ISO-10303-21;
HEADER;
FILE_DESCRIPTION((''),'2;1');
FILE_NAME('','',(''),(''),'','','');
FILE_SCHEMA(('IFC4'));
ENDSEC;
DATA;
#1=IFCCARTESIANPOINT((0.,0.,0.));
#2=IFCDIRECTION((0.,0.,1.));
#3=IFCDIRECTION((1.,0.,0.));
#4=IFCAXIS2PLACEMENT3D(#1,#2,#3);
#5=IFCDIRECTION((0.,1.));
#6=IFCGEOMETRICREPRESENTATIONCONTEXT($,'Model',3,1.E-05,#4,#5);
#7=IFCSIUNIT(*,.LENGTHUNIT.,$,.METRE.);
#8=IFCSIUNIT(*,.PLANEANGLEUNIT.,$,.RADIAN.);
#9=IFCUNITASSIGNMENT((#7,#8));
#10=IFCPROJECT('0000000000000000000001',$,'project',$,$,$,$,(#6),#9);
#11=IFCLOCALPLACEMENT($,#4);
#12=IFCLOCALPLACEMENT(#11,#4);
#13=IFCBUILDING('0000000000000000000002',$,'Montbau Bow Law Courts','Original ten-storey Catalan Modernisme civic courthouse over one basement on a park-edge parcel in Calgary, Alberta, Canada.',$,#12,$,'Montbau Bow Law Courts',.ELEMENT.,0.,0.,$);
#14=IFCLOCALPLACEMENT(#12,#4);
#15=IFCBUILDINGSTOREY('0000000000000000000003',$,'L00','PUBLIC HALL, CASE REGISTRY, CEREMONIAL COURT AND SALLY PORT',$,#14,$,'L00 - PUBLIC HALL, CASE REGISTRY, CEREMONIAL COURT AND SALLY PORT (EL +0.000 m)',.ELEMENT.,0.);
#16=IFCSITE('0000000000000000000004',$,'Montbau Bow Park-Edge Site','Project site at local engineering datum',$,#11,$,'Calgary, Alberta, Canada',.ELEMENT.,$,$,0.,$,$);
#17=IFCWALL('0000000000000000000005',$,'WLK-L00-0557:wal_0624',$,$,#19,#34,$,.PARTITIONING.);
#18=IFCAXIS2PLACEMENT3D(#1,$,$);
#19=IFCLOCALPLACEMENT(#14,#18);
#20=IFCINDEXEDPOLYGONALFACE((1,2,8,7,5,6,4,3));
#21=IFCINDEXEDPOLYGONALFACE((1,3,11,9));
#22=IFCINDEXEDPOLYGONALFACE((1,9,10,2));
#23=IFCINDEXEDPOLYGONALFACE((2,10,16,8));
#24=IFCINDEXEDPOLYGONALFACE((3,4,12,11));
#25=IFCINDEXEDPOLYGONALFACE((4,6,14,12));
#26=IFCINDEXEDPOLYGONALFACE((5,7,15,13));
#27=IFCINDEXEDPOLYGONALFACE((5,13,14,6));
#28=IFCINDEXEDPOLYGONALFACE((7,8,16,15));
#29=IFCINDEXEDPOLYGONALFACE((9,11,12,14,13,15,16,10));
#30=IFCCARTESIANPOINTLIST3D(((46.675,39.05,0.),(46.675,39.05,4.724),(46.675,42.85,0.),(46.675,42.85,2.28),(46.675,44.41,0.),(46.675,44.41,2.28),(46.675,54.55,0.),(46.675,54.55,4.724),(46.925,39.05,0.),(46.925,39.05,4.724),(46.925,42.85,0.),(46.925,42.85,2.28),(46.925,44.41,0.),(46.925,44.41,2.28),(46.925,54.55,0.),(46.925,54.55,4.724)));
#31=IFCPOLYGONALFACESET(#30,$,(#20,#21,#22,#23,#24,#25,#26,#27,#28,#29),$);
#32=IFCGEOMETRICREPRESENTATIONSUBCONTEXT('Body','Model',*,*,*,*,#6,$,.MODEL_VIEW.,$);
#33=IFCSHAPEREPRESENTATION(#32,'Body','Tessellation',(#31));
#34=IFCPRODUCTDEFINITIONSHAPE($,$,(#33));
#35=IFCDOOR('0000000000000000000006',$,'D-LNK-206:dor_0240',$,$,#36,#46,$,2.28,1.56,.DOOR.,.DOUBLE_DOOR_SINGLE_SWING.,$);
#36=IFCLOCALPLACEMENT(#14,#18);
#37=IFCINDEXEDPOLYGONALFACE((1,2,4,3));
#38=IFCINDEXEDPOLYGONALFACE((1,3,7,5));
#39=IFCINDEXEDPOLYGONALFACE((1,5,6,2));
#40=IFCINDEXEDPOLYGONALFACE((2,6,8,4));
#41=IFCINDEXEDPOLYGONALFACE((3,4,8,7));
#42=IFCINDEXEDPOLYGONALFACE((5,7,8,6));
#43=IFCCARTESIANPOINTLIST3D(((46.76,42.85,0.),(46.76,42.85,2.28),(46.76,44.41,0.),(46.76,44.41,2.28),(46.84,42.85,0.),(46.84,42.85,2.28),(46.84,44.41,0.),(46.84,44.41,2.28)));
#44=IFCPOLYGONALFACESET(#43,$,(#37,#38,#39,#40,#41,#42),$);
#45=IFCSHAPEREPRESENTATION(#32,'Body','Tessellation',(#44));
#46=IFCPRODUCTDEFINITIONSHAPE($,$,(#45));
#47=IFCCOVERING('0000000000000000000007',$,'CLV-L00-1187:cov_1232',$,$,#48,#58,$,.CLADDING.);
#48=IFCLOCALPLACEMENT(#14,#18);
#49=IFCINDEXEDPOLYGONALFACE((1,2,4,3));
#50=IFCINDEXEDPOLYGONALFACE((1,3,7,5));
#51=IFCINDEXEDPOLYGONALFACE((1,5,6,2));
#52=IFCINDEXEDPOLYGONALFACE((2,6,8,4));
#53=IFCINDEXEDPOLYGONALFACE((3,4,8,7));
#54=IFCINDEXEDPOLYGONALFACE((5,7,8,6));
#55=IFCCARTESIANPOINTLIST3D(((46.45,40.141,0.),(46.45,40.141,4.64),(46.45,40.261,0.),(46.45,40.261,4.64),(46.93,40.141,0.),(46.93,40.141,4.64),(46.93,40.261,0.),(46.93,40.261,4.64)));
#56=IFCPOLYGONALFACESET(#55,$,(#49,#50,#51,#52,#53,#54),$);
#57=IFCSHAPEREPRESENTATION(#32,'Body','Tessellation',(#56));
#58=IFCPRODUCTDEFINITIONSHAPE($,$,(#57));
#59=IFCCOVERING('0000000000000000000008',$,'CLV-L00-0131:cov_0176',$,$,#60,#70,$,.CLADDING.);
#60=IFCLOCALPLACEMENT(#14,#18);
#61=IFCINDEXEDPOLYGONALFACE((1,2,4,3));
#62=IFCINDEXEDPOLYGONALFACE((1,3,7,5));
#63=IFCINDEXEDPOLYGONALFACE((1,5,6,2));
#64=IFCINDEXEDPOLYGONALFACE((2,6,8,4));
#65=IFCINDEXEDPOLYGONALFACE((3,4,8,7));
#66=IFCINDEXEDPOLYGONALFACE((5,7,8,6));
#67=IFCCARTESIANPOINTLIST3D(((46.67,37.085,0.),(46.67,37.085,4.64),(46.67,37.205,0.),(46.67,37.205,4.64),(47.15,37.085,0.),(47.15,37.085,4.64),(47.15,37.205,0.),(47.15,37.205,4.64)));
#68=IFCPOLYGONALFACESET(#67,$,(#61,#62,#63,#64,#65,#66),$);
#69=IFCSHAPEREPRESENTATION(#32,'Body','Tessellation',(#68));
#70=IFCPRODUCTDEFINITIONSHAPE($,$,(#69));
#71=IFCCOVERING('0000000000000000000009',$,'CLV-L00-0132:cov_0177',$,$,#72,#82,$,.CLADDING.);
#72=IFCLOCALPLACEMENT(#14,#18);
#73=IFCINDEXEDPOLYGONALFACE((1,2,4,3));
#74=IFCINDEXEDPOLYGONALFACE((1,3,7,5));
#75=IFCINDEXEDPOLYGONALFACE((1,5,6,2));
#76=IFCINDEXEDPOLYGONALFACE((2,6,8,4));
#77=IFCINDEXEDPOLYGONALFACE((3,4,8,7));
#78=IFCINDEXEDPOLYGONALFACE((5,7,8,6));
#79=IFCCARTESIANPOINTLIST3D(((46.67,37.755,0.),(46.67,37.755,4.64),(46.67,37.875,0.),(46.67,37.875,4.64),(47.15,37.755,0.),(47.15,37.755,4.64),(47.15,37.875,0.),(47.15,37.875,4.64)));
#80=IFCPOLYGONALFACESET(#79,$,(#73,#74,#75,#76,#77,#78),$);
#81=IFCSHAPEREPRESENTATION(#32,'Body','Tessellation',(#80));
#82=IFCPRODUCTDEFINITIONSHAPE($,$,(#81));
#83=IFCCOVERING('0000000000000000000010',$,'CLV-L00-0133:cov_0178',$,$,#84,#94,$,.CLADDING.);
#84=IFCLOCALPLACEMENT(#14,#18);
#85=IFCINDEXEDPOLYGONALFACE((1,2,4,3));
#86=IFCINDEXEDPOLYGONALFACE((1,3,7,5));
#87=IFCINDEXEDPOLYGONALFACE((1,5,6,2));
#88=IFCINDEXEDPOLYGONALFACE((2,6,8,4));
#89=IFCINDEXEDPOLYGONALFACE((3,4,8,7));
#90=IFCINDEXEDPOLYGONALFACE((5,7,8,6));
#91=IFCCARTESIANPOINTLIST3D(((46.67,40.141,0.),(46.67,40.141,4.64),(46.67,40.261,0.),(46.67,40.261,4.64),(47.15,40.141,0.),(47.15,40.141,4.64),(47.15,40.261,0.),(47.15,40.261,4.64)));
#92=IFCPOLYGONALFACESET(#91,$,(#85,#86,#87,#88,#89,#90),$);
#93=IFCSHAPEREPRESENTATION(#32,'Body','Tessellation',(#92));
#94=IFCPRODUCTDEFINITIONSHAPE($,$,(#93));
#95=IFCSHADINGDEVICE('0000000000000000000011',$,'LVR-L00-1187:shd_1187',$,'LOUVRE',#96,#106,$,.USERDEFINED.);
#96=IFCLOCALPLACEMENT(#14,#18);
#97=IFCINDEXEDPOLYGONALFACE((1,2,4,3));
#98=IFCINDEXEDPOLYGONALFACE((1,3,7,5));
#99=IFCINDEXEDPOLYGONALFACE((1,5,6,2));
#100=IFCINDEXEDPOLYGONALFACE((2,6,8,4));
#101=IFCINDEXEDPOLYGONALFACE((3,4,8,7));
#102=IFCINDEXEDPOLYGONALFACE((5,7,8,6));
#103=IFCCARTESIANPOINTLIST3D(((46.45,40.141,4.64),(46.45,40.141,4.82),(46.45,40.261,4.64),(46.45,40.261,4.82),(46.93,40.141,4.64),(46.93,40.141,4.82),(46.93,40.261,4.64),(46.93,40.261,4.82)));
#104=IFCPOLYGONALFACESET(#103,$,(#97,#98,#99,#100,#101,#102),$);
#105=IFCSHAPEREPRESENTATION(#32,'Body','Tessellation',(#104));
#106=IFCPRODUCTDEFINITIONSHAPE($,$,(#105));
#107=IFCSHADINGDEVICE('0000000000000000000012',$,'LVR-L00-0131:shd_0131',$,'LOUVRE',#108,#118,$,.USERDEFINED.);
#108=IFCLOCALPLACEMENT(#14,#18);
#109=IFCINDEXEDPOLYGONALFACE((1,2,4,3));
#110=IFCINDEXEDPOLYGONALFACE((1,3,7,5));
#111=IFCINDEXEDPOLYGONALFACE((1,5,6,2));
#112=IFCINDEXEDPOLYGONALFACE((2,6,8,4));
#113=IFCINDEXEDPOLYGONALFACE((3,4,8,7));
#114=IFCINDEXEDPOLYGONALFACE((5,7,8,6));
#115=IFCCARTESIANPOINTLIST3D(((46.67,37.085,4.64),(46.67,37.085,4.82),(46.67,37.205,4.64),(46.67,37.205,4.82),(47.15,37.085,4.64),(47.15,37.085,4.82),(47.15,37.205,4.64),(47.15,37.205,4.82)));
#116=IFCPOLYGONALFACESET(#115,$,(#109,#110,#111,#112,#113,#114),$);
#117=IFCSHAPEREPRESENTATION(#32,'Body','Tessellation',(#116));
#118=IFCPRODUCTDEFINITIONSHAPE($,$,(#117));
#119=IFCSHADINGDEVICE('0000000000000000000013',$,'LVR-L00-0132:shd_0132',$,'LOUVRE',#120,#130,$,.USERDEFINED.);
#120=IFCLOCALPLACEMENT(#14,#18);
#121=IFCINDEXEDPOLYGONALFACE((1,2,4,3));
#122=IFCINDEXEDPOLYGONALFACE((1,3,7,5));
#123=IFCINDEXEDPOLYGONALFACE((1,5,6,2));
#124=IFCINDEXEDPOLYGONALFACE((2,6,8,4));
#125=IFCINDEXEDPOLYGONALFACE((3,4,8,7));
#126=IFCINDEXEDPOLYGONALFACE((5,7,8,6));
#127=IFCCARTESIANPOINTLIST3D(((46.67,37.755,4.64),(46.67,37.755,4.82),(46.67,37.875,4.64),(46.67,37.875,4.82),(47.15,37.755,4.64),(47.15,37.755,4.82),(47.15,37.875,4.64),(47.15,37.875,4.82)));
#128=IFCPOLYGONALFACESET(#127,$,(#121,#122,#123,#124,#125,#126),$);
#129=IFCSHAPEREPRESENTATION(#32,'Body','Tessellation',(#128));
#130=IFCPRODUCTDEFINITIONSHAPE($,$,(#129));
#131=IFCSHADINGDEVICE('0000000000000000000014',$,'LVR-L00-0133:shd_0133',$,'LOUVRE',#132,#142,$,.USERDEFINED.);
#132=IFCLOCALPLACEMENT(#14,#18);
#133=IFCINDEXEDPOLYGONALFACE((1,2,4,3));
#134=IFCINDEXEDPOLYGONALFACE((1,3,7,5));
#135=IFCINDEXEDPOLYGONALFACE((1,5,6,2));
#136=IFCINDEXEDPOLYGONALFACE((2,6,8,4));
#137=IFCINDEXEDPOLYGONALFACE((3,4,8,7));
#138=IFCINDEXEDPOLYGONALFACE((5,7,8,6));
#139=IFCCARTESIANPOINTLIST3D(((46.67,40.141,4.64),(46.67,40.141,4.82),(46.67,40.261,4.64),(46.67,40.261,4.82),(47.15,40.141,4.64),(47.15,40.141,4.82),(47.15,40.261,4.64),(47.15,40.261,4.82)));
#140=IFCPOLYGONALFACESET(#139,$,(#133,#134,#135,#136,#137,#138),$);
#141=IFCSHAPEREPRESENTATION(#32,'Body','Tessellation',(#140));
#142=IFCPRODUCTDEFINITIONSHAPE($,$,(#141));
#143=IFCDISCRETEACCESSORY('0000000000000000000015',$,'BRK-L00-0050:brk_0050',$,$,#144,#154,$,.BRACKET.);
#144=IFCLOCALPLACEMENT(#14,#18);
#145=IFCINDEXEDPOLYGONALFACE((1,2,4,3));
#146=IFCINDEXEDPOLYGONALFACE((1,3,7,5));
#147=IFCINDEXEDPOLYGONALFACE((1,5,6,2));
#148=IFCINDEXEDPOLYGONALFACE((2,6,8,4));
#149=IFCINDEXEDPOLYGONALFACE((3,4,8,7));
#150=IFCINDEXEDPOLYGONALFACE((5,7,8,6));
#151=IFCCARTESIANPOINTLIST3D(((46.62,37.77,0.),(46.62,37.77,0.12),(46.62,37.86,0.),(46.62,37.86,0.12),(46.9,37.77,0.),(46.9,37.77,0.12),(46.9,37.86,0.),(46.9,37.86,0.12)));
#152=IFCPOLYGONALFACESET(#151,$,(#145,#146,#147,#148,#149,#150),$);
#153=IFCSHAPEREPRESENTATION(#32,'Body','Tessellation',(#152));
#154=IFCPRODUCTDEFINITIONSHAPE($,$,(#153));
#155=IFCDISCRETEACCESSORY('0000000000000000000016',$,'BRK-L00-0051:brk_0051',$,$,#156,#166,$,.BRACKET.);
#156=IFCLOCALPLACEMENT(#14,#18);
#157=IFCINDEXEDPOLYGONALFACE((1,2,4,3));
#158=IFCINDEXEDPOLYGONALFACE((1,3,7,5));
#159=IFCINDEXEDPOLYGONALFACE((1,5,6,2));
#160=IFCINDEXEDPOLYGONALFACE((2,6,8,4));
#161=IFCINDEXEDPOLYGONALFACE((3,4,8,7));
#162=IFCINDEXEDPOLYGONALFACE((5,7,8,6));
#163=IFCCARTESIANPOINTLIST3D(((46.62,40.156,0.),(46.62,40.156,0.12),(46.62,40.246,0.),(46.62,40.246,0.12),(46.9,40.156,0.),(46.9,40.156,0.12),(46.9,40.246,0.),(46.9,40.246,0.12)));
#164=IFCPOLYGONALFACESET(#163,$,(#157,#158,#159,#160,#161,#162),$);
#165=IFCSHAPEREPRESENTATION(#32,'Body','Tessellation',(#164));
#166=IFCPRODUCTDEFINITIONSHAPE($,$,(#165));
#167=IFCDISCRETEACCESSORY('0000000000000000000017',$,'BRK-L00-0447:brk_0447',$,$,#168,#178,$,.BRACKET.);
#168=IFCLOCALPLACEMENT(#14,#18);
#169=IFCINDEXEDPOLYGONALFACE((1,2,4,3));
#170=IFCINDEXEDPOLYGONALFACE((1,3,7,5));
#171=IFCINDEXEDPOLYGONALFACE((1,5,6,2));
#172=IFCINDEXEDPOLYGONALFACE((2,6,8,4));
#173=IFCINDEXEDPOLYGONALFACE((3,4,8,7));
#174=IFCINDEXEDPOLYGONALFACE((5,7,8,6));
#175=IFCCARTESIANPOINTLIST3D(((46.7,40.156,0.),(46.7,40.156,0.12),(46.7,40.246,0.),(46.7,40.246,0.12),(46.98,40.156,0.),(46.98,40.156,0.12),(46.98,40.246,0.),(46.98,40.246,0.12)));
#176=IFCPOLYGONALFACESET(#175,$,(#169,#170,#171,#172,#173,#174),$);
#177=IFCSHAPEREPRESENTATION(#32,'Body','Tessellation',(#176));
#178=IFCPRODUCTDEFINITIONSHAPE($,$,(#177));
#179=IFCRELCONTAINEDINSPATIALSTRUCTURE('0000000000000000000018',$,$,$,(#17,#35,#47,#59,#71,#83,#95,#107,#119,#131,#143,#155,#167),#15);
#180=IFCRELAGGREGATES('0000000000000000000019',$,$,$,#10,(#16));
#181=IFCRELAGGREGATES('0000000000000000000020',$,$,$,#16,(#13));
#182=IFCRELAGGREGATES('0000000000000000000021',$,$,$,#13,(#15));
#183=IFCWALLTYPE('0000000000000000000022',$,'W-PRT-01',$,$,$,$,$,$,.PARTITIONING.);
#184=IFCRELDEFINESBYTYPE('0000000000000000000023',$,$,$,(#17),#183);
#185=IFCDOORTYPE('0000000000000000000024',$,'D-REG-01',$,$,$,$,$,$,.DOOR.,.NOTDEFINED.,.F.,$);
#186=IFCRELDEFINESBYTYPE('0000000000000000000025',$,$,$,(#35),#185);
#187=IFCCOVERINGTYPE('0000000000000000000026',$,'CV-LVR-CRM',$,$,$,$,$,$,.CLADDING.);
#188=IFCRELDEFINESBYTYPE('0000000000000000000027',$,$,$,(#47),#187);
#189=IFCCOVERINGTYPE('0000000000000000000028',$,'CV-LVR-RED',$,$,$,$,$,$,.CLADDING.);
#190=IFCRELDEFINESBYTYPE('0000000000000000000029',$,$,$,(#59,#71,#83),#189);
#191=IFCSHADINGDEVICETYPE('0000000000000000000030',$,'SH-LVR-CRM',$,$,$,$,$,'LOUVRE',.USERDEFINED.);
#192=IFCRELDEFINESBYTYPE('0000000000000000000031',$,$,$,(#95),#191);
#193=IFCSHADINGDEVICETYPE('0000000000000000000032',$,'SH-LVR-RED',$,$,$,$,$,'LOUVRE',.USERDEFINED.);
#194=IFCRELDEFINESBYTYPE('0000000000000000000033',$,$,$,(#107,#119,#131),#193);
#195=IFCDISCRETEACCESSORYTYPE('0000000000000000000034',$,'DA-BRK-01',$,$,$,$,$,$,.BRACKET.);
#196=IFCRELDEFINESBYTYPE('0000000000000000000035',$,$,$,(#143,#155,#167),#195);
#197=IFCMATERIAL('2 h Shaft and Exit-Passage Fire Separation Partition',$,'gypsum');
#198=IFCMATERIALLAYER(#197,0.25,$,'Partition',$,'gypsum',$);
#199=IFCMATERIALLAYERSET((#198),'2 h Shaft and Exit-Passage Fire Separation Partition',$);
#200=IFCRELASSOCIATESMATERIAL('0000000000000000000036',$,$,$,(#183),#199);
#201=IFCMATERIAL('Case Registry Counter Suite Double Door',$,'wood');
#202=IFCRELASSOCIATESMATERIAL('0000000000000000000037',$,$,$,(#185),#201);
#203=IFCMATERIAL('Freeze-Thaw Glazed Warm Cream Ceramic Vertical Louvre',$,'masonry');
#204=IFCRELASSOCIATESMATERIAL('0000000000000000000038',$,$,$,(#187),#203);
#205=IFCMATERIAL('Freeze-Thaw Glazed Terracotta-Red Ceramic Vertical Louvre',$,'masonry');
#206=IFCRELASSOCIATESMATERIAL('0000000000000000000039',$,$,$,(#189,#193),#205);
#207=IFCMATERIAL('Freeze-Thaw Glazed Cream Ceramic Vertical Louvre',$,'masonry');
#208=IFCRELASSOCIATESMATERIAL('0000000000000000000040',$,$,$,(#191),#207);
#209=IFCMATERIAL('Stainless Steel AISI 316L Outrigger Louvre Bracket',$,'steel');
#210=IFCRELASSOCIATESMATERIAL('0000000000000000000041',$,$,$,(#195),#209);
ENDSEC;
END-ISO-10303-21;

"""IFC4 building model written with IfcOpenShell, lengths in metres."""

from ifc_helpers import new_model, si_unit, direction, frame, frame_2d, origin_with_axes, origin_2d_with_axis, place, context, subcontext, project, spatial, rectangle, extrude, material, layer, layer_set, type_object, element, fill, save


model = new_model("IFC4")

# Units and contexts
model_context = context("Model", 3, precision=1e-05, world=origin_with_axes(), true_north=direction((0.0, 1.0)))
body_context = subcontext(model_context, "Body", "Model", "MODEL_VIEW")
ifc_project = project(units=[si_unit("LENGTHUNIT", "METRE"), si_unit("PLANEANGLEUNIT", "RADIAN")], contexts=[model_context])

# Site, building, storey
site_placement = place(None, origin_with_axes())
site = spatial("IfcSite", under=ifc_project, at=site_placement, Name="Montbau Bow Park-Edge Site", Description="Project site at local engineering datum", LongName="Calgary, Alberta, Canada", CompositionType="ELEMENT", RefElevation=0.0)
building_placement = place(site_placement, origin_with_axes())
building = spatial("IfcBuilding", under=site, at=building_placement, Name="Montbau Bow Law Courts", Description="Original ten-storey Catalan Modernisme civic courthouse over one basement on a park-edge parcel in Calgary, Alberta, Canada.", LongName="Montbau Bow Law Courts", CompositionType="ELEMENT", ElevationOfRefHeight=0.0, ElevationOfTerrain=0.0)
storey_placement = place(building_placement, origin_with_axes())
storey = spatial("IfcBuildingStorey", under=building, at=storey_placement, Name="L00", Description="PUBLIC HALL, CASE REGISTRY, CEREMONIAL COURT AND SALLY PORT", LongName="L00 - PUBLIC HALL, CASE REGISTRY, CEREMONIAL COURT AND SALLY PORT (EL +0.000 m)", CompositionType="ELEMENT", Elevation=0.0)

# Wall, opening, door
ifc_material_1 = material(Name="2 h Shaft and Exit-Passage Fire Separation Partition", Category="gypsum")
ifc_layer_1 = layer(ifc_material_1, 0.25, Name="Partition", Category="gypsum")
ifc_layer_set_1 = layer_set([ifc_layer_1], Name="2 h Shaft and Exit-Passage Fire Separation Partition")
wall_type = type_object("IfcWallType", Name="W-PRT-01", PredefinedType="PARTITIONING", material=ifc_layer_set_1)
wall_placement = place(None, frame((46.8, 39.05, 0.0), z_axis=(0.0, 0.0, 1.0), x_axis=(0.0, 1.0, 0.0)))
wall = element("IfcWall", 1, at=wall_placement, inside=storey, type_object=wall_type, Name="WLK-L00-0557:wal_0624", PredefinedType="PARTITIONING", context=body_context, shape_type="SweptSolid", body=[
    extrude(rectangle(XDim=15.5, YDim=0.25, at=frame_2d((7.75, 0.0), x_axis=(1.0, 0.0))), origin_with_axes(), (0.0, 0.0, 1.0), 4.724),
])
opening_placement = place(None, frame((46.8, 43.63, 0.0), z_axis=(0.0, 0.0, 1.0), x_axis=(0.0, 1.0, 0.0)))
opening = element("IfcOpeningElement", 2, at=opening_placement, cuts=wall, PredefinedType="OPENING", context=body_context, shape_type="SweptSolid", body=[
    extrude(rectangle(XDim=1.56, YDim=2.28, at=frame_2d((0.0, 1.14), x_axis=(1.0, 0.0))), frame((0.0, 0.135, 0.0), z_axis=(0.0, -1.0, 0.0), x_axis=(1.0, 0.0, 0.0)), (0.0, 0.0, 1.0), 0.27),
])
ifc_material_2 = material(Name="Case Registry Counter Suite Double Door", Category="wood")
door_type = type_object("IfcDoorType", Name="D-REG-01", OperationType="NOTDEFINED", ParameterTakesPrecedence=False, PredefinedType="DOOR", material=ifc_material_2)
door_placement = place(None, frame((46.8, 43.63, 0.0), z_axis=(0.0, 0.0, 1.0), x_axis=(0.0, 1.0, 0.0)))
door = element("IfcDoor", 3, at=door_placement, inside=storey, type_object=door_type, Name="D-LNK-206:dor_0240", OperationType="DOUBLE_DOOR_SINGLE_SWING", OverallHeight=2.28, OverallWidth=1.56, PredefinedType="DOOR", context=body_context, shape_type="SweptSolid", body=[
    extrude(rectangle(XDim=1.56, YDim=2.28, at=frame_2d((0.0, 1.14), x_axis=(1.0, 0.0))), frame((0.0, 0.04, 0.0), z_axis=(0.0, -1.0, 0.0), x_axis=(1.0, 0.0, 0.0)), (0.0, 0.0, 1.0), 0.08),
])
fill(opening, door)

# Coverings
ifc_material_3 = material(Name="Freeze-Thaw Glazed Warm Cream Ceramic Vertical Louvre", Category="masonry")
covering_type_1 = type_object("IfcCoveringType", Name="CV-LVR-CRM", PredefinedType="CLADDING", material=ifc_material_3)
covering_placement = place(None, frame((46.93, 40.201, 0.0), z_axis=(0.0, 1.0, 0.0), x_axis=(-1.0, 0.0, 0.0)))
element("IfcCovering", 4, at=covering_placement, inside=storey, type_object=covering_type_1, Name="CLV-L00-1187:cov_1232", PredefinedType="CLADDING", context=body_context, shape_type="SweptSolid", body=[
    extrude(rectangle(XDim=0.48, YDim=4.64, at=frame_2d((0.24, 2.32), x_axis=(1.0, 0.0))), frame((0.0, 0.0, -0.06), z_axis=(0.0, 0.0, 1.0), x_axis=(1.0, 0.0, 0.0)), (0.0, 0.0, 1.0), 0.12),
])
ifc_material_4 = material(Name="Freeze-Thaw Glazed Terracotta-Red Ceramic Vertical Louvre", Category="masonry")
covering_type_2 = type_object("IfcCoveringType", Name="CV-LVR-RED", PredefinedType="CLADDING", material=ifc_material_4)
for number, where, z_axis, x_axis, name in (
    (5, (46.67, 37.145, 0.0), (0.0, -1.0, 0.0), (1.0, 0.0, 0.0), "CLV-L00-0131:cov_0176"),
    (6, (46.67, 37.815, 0.0), (0.0, -1.0, 0.0), (1.0, 0.0, 0.0), "CLV-L00-0132:cov_0177"),
    (7, (46.67, 40.201, 0.0), (0.0, -1.0, 0.0), (1.0, 0.0, 0.0), "CLV-L00-0133:cov_0178"),
):
    element("IfcCovering", number, at=place(None, frame(where, z_axis=z_axis, x_axis=x_axis)), inside=storey, type_object=covering_type_2, Name=name, PredefinedType="CLADDING", context=body_context, shape_type="SweptSolid", body=[
        extrude(rectangle(XDim=0.48, YDim=4.64, at=frame_2d((0.24, 2.32), x_axis=(1.0, 0.0))), frame((0.0, 0.0, -0.06), z_axis=(0.0, 0.0, 1.0), x_axis=(1.0, 0.0, 0.0)), (0.0, 0.0, 1.0), 0.12),
    ])

# Shading devices
ifc_material_5 = material(Name="Freeze-Thaw Glazed Cream Ceramic Vertical Louvre", Category="masonry")
shading_device_type_1 = type_object("IfcShadingDeviceType", Name="SH-LVR-CRM", ElementType="LOUVRE", PredefinedType="USERDEFINED", material=ifc_material_5)
shading_device_placement = place(None, frame((46.69, 40.201, 4.64), z_axis=(0.0, 0.0, 1.0), x_axis=(-1.0, 0.0, 0.0)))
element("IfcShadingDevice", 8, at=shading_device_placement, inside=storey, type_object=shading_device_type_1, Name="LVR-L00-1187:shd_1187", ObjectType="LOUVRE", PredefinedType="USERDEFINED", context=body_context, shape_type="SweptSolid", body=[
    extrude(rectangle(XDim=0.48, YDim=0.12, at=origin_2d_with_axis()), origin_with_axes(), (0.0, 0.0, 1.0), 0.18),
])
shading_device_type_2 = type_object("IfcShadingDeviceType", Name="SH-LVR-RED", ElementType="LOUVRE", PredefinedType="USERDEFINED", material=ifc_material_4)
for number, where, z_axis, x_axis, name in (
    (9, (46.91, 37.145, 4.64), (0.0, 0.0, 1.0), (1.0, 0.0, 0.0), "LVR-L00-0131:shd_0131"),
    (10, (46.91, 37.815, 4.64), (0.0, 0.0, 1.0), (1.0, 0.0, 0.0), "LVR-L00-0132:shd_0132"),
    (11, (46.91, 40.201, 4.64), (0.0, 0.0, 1.0), (1.0, 0.0, 0.0), "LVR-L00-0133:shd_0133"),
):
    element("IfcShadingDevice", number, at=place(None, frame(where, z_axis=z_axis, x_axis=x_axis)), inside=storey, type_object=shading_device_type_2, Name=name, ObjectType="LOUVRE", PredefinedType="USERDEFINED", context=body_context, shape_type="SweptSolid", body=[
        extrude(rectangle(XDim=0.48, YDim=0.12, at=origin_2d_with_axis()), origin_with_axes(), (0.0, 0.0, 1.0), 0.18),
    ])

# Discrete accessories
ifc_material_6 = material(Name="Stainless Steel AISI 316L Outrigger Louvre Bracket", Category="steel")
discrete_accessory_type = type_object("IfcDiscreteAccessoryType", Name="DA-BRK-01", PredefinedType="BRACKET", material=ifc_material_6)
for number, where, z_axis, x_axis, name in (
    (12, (46.76, 37.815, 0.0), (0.0, 0.0, 1.0), (1.0, 0.0, 0.0), "BRK-L00-0050:brk_0050"),
    (13, (46.76, 40.201, 0.0), (0.0, 0.0, 1.0), (1.0, 0.0, 0.0), "BRK-L00-0051:brk_0051"),
    (14, (46.84, 40.201, 0.0), (0.0, 0.0, 1.0), (-1.0, 0.0, 0.0), "BRK-L00-0447:brk_0447"),
):
    element("IfcDiscreteAccessory", number, at=place(None, frame(where, z_axis=z_axis, x_axis=x_axis)), inside=storey, type_object=discrete_accessory_type, Name=name, PredefinedType="BRACKET", context=body_context, shape_type="SweptSolid", body=[
        extrude(rectangle(XDim=0.28, YDim=0.09, at=origin_2d_with_axis()), origin_with_axes(), (0.0, 0.0, 1.0), 0.12),
    ])

save(model, "model.ifc")
